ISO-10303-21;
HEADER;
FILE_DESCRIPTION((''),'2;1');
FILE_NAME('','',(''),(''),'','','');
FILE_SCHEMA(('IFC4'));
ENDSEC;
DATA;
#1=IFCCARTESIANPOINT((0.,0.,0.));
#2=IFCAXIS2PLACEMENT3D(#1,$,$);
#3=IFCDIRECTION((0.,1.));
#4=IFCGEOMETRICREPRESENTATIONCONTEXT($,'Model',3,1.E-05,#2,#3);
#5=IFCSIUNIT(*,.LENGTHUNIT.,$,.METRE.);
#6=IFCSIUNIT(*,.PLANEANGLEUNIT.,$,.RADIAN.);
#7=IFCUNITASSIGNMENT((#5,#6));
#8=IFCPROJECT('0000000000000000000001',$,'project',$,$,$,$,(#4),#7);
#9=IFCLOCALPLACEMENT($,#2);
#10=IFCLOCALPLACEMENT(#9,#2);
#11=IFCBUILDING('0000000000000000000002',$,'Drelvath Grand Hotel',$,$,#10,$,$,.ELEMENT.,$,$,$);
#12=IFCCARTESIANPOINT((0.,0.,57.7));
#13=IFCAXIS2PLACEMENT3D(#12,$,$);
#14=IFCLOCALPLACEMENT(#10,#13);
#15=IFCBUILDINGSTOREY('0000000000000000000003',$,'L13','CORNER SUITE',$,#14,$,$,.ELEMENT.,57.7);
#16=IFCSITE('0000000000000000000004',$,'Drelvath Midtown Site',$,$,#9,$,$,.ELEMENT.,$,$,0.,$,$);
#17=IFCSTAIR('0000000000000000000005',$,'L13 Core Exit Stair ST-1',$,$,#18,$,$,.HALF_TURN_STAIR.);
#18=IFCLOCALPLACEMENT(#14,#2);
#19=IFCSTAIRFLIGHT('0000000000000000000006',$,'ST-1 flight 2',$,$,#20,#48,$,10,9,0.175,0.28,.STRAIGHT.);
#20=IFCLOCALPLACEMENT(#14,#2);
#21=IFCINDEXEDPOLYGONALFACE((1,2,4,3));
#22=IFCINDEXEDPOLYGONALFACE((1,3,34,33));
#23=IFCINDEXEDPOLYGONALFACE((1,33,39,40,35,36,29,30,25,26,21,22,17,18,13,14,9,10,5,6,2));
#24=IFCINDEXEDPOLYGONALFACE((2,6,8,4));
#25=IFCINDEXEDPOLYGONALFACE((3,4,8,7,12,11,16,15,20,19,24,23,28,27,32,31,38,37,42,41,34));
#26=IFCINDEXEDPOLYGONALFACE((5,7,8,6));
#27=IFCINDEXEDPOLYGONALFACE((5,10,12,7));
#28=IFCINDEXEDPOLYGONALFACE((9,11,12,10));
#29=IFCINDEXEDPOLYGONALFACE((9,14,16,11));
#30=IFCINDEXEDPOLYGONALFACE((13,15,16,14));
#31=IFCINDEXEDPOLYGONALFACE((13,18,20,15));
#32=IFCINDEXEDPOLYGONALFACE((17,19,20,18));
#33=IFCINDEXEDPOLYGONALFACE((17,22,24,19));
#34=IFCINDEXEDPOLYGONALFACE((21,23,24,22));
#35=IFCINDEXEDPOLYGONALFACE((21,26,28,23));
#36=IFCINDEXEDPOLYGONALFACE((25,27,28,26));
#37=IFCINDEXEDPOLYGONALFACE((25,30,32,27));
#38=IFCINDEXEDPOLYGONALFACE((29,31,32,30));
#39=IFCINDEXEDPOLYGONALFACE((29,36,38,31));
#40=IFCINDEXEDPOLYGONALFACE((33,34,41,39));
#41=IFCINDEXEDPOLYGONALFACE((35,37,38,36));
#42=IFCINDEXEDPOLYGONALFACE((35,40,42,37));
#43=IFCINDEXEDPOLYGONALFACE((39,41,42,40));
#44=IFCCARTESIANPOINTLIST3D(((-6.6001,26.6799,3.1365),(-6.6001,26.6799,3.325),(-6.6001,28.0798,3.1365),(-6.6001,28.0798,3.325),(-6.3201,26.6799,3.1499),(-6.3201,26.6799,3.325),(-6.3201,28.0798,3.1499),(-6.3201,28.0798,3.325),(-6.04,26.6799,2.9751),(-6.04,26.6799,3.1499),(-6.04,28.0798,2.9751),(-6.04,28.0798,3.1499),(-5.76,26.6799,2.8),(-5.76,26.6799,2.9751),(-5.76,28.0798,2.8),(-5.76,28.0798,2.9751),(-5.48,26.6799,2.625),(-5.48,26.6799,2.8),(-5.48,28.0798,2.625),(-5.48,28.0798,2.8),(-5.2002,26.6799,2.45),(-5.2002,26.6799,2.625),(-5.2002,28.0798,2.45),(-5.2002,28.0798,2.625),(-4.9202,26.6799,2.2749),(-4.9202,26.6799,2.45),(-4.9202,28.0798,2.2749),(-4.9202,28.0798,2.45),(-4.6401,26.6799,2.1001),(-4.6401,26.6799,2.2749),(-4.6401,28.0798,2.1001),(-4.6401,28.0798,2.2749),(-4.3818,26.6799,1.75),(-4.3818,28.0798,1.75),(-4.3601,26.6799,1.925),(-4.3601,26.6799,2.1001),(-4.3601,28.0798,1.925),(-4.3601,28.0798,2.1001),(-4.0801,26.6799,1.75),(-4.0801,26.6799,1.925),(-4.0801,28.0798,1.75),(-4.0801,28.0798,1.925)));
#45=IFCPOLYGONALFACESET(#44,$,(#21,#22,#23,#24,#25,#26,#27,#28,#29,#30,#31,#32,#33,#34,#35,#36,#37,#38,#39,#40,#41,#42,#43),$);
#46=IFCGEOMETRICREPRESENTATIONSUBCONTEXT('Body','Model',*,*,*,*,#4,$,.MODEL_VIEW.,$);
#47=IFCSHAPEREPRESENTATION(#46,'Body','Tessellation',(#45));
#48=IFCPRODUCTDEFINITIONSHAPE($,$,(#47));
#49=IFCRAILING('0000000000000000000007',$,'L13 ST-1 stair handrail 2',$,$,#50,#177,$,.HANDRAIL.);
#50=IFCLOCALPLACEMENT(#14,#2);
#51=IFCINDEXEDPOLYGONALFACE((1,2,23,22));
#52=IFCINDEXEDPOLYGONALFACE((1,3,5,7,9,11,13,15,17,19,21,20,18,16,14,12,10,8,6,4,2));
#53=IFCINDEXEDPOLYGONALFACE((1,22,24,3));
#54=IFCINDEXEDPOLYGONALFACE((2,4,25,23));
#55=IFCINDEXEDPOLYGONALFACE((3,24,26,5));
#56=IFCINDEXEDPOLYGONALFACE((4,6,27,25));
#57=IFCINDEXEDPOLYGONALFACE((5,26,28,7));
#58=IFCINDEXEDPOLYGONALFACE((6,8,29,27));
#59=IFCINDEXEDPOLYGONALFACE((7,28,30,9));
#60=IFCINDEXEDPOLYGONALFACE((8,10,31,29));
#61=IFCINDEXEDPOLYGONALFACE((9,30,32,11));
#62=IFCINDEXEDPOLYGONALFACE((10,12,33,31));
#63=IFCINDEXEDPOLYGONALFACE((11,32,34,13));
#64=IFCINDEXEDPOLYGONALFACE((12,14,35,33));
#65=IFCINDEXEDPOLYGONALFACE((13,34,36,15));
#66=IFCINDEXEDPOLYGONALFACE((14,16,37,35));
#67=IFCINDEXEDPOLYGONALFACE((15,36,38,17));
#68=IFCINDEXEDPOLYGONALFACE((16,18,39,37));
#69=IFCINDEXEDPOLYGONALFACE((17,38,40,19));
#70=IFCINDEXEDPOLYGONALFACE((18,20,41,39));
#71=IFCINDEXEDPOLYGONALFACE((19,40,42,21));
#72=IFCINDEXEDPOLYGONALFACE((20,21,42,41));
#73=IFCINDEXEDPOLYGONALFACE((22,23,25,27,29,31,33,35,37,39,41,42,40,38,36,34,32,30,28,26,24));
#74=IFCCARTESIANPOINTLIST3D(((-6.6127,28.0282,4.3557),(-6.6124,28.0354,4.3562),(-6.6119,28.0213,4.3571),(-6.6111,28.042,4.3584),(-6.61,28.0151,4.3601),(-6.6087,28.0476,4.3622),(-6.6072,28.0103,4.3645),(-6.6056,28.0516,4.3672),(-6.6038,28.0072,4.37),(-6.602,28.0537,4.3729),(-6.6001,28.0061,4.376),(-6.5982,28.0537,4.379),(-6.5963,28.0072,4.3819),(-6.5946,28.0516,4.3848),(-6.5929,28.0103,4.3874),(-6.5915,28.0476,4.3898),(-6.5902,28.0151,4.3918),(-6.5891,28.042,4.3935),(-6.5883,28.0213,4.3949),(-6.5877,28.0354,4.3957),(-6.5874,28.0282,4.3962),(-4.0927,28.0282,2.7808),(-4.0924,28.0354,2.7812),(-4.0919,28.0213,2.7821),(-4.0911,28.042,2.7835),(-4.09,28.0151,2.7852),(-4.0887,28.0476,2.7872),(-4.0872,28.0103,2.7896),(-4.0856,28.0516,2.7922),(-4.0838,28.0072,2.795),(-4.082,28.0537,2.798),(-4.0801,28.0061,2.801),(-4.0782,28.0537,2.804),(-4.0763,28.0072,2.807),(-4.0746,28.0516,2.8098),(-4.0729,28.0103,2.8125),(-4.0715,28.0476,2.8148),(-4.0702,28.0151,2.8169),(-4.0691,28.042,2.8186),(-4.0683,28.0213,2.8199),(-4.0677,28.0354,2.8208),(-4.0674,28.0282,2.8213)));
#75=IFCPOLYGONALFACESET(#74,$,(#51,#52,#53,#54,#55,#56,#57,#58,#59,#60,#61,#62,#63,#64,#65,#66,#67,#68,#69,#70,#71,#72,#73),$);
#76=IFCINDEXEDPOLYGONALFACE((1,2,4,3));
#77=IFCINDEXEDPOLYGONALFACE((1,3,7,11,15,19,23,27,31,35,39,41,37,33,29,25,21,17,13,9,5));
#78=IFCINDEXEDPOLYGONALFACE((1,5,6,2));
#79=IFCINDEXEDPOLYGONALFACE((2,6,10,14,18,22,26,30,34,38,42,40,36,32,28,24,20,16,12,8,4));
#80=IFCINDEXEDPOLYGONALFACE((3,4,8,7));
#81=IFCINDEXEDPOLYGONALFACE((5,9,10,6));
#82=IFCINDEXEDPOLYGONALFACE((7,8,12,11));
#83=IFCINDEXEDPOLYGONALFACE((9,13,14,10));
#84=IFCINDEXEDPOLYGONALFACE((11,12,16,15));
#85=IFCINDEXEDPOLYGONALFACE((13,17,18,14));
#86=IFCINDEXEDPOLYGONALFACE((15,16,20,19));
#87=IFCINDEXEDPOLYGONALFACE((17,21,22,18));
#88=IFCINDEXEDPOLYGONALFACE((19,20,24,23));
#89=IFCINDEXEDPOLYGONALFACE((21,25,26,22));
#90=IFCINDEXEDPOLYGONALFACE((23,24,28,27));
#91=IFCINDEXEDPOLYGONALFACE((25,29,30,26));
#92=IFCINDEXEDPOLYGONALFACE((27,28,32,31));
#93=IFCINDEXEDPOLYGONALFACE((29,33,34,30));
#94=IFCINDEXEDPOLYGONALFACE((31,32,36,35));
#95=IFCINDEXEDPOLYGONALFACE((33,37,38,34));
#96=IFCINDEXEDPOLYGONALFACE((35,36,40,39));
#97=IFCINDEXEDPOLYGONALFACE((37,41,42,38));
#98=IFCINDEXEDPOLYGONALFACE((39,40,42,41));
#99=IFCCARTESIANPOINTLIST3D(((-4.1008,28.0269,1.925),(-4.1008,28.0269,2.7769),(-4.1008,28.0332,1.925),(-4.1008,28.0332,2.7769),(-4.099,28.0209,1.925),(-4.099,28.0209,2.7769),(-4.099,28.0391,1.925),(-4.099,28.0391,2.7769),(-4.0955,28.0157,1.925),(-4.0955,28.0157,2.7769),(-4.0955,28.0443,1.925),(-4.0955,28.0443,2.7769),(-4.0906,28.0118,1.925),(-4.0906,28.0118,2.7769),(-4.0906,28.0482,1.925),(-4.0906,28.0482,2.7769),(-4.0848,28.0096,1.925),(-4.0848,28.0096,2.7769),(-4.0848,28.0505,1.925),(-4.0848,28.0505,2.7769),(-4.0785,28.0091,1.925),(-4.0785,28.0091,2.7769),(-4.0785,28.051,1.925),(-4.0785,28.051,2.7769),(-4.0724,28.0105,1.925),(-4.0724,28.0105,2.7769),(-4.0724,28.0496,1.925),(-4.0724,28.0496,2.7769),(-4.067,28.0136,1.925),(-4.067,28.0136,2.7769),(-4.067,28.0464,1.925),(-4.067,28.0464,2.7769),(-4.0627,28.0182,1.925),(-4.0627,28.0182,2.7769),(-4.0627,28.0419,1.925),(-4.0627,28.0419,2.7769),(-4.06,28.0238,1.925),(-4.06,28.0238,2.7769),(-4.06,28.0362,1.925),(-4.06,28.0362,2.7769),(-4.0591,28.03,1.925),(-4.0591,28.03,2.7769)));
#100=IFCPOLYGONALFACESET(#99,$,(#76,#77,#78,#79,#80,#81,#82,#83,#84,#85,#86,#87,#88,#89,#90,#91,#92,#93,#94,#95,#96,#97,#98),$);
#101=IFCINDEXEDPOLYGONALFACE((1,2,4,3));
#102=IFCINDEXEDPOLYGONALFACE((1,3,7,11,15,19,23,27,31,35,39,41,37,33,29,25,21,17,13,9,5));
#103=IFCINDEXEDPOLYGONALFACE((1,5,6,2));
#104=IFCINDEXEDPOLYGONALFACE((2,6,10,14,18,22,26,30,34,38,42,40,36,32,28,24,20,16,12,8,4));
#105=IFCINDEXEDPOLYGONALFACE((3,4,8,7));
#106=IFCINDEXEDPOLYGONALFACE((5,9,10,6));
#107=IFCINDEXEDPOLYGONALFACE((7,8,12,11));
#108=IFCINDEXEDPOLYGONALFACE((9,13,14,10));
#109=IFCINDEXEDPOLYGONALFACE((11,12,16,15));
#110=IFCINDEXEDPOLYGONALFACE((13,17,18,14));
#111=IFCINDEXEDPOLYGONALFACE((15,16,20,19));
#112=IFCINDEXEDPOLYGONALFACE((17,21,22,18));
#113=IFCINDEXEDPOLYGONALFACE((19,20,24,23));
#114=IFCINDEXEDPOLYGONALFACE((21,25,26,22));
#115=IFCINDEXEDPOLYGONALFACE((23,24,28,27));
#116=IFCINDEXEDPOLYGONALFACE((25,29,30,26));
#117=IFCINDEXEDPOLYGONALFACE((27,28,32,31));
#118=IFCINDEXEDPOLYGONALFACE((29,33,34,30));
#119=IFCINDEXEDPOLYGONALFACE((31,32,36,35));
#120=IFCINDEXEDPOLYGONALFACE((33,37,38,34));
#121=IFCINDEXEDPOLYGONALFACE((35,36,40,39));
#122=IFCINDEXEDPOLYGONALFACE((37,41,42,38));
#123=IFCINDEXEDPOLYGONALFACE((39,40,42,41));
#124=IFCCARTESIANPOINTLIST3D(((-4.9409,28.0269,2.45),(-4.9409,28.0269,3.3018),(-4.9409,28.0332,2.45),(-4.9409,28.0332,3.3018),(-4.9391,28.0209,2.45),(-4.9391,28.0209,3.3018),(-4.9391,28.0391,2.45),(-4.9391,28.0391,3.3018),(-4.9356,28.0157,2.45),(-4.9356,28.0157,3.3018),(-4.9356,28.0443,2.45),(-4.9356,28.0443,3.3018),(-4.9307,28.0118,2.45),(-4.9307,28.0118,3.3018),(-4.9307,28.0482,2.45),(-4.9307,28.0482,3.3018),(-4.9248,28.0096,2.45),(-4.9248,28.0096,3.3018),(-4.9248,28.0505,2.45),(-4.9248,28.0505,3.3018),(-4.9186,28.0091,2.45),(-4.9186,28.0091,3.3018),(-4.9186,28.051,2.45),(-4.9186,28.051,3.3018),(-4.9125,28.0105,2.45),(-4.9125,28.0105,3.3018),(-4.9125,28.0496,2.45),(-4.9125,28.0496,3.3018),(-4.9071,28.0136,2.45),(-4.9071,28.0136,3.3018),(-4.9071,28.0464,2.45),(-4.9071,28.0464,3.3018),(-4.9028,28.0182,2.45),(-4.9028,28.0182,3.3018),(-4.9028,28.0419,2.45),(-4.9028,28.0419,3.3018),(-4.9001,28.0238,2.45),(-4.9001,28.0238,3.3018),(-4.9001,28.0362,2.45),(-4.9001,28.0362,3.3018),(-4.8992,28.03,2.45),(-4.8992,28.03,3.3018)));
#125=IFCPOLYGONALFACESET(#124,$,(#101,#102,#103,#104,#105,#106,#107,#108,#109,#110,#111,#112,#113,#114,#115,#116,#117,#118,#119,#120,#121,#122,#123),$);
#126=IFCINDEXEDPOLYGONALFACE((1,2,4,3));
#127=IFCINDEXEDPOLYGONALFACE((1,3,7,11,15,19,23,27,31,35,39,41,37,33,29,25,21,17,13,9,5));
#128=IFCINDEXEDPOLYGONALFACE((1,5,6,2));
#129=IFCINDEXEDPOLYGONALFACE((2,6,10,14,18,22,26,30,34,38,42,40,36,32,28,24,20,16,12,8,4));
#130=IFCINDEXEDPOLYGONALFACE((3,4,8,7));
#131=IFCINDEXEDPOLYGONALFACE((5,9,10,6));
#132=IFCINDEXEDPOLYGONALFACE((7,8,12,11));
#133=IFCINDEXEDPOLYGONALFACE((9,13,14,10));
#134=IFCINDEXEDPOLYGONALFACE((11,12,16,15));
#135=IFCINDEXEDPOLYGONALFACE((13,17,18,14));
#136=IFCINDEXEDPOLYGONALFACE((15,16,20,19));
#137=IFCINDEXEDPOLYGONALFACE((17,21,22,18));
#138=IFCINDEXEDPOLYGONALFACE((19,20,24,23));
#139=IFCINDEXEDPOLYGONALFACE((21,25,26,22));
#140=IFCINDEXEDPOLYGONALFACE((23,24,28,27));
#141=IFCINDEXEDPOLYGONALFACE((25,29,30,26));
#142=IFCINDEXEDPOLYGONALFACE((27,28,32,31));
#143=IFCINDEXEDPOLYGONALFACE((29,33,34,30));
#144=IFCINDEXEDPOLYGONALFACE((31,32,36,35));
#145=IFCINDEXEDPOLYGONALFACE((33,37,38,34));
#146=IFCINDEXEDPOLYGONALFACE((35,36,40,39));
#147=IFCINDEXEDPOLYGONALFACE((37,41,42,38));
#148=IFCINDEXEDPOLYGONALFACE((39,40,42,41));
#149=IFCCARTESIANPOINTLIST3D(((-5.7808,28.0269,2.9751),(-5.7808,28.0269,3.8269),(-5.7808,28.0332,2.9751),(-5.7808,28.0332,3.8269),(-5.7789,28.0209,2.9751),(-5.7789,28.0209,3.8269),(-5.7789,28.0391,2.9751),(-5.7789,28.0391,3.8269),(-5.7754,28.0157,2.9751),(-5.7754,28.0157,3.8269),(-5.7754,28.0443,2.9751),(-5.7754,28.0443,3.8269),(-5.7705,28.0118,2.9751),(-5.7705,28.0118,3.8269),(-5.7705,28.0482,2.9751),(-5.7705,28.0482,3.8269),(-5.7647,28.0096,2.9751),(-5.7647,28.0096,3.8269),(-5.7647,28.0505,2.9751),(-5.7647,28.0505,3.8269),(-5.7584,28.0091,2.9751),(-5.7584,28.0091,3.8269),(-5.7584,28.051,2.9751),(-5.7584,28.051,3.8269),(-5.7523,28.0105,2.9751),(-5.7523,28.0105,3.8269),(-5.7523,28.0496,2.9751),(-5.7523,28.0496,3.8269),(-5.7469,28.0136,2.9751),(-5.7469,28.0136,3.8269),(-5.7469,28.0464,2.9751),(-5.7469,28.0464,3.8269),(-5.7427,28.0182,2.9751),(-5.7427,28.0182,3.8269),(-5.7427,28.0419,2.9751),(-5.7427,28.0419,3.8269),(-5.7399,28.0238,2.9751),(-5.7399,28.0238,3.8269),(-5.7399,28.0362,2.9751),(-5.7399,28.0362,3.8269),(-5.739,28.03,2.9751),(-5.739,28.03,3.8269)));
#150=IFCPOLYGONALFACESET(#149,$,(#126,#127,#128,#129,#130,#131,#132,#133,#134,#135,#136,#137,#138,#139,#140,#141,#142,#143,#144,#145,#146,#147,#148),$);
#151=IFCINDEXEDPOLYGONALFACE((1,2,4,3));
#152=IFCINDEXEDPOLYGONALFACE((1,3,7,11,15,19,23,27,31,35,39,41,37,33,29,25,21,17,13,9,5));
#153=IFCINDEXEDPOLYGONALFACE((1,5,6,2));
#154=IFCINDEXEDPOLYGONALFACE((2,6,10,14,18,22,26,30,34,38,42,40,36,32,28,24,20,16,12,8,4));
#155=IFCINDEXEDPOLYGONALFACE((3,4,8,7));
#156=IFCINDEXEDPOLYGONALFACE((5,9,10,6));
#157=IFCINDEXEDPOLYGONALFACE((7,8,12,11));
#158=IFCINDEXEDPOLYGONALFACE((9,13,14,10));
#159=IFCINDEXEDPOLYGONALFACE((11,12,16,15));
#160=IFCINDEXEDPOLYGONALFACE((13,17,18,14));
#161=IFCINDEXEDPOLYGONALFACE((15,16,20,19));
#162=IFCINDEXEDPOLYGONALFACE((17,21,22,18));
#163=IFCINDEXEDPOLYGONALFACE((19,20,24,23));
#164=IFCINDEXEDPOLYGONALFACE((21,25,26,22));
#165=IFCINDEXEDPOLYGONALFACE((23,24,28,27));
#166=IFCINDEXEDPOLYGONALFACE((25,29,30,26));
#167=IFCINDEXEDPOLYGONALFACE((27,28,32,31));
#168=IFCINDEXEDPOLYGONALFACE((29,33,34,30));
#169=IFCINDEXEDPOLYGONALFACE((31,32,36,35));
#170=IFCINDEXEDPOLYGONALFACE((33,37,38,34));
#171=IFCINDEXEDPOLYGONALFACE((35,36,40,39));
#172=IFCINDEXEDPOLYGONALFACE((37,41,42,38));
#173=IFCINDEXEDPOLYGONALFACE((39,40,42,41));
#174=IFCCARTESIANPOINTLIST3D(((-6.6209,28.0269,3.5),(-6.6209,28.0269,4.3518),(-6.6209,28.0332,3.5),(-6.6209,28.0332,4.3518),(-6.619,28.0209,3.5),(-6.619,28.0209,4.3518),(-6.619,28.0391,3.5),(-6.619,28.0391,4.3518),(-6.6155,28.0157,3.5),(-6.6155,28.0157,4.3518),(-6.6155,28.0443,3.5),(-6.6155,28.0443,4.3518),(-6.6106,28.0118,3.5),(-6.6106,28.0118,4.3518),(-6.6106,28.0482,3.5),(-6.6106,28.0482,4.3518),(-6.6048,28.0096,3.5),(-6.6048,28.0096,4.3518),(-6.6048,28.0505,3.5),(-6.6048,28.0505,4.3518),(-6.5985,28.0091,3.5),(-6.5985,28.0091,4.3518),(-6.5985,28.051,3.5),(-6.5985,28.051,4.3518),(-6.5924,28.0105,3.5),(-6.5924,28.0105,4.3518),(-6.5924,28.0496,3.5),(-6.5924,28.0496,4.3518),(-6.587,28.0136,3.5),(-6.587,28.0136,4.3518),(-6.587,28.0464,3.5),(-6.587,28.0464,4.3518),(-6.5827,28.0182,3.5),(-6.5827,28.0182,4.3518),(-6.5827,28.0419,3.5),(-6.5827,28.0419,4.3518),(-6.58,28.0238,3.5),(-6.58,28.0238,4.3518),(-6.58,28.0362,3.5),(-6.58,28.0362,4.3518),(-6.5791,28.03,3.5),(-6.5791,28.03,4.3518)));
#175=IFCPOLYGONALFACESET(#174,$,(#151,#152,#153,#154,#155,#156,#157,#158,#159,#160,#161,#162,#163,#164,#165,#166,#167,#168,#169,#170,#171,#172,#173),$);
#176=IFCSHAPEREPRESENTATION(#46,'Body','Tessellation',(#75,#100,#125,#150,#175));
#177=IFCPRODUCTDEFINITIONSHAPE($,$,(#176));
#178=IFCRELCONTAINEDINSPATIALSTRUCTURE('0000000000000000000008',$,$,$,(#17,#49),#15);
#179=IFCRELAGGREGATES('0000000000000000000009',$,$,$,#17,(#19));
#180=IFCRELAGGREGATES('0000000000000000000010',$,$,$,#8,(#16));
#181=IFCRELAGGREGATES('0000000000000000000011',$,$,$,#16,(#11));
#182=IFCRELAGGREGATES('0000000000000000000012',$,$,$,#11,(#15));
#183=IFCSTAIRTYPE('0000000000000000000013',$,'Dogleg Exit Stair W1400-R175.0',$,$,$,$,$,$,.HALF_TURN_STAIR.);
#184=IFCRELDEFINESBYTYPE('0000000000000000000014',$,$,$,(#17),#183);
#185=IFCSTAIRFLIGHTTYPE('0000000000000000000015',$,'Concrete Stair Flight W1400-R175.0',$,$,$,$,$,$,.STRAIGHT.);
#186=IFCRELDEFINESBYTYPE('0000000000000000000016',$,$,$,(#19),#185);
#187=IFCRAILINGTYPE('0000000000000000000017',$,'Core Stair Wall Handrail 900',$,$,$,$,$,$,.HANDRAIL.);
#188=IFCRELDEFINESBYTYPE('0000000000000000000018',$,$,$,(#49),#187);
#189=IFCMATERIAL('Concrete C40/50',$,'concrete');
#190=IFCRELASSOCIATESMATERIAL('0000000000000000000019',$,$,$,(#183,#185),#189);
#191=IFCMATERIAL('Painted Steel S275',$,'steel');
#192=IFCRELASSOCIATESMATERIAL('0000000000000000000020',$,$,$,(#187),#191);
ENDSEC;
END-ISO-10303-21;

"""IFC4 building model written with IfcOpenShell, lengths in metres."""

from ifc_helpers import new_model, si_unit, direction, frame, origin, origin_2d, place, context, subcontext, project, spatial, polyline, circle, outline, extrude, material, type_object, element, aggregate, save


model = new_model("IFC4")

# Units and contexts
model_context = context("Model", 3, precision=1e-05, world=origin(), true_north=direction((0.0, 1.0)))
body_context = subcontext(model_context, "Body", "Model", "MODEL_VIEW")
ifc_project = project(units=[si_unit("LENGTHUNIT", "METRE"), si_unit("PLANEANGLEUNIT", "RADIAN")], contexts=[model_context])

# Site, building, storey
site_placement = place(None, origin())
site = spatial("IfcSite", under=ifc_project, at=site_placement, Name="Drelvath Midtown Site", CompositionType="ELEMENT", RefElevation=0.0)
building_placement = place(site_placement, origin())
building = spatial("IfcBuilding", under=site, at=building_placement, Name="Drelvath Grand Hotel", CompositionType="ELEMENT")
storey_placement = place(building_placement, frame((0.0, 0.0, 57.7)))
storey = spatial("IfcBuildingStorey", under=building, at=storey_placement, Name="L13", Description="CORNER SUITE", CompositionType="ELEMENT", Elevation=57.7)

# Shared definitions
ifc_material_1 = material(Name="Painted Steel S275", Category="steel")

# Shared definitions
ifc_material_2 = material(Name="Concrete C40/50", Category="concrete")

# Stair, stair flight
stair_type = type_object("IfcStairType", Name="Dogleg Exit Stair W1400-R175.0", PredefinedType="HALF_TURN_STAIR", material=ifc_material_2)
stair_placement = place(storey_placement, origin())
stair = element("IfcStair", 1, at=stair_placement, inside=storey, type_object=stair_type, Name="L13 Core Exit Stair ST-1", PredefinedType="HALF_TURN_STAIR")
stair_flight_type = type_object("IfcStairFlightType", Name="Concrete Stair Flight W1400-R175.0", PredefinedType="STRAIGHT", material=ifc_material_2)
stair_flight_placement = place(storey_placement, frame((-4.0801, 27.3799, 1.75), z_axis=(0.0, 0.0, 1.0), x_axis=(-1.0, 0.0, 0.0)))
stair_flight = element("IfcStairFlight", 2, at=stair_flight_placement, type_object=stair_flight_type, Name="ST-1 flight 2", NumberOfRisers=10, NumberOfTreads=9, PredefinedType="STRAIGHT", RiserHeight=0.175, TreadLength=0.28, context=body_context, shape_type="SweptSolid", body=[
    extrude(outline(polyline([(0.0, 0.0), (0.0, 0.175), (0.28, 0.175), (0.28, 0.3501), (0.5601, 0.3501), (0.5601, 0.5249), (0.8401, 0.5249), (0.8401, 0.7), (1.1201, 0.7), (1.1201, 0.875), (1.3999, 0.875), (1.3999, 1.05), (1.6799, 1.05), (1.6799, 1.2251), (1.96, 1.2251), (1.96, 1.3999), (2.24, 1.3999), (2.24, 1.575), (2.52, 1.575), (2.52, 1.75), (2.52, 1.3865), (0.3018, 0.0), (0.0, 0.0)])), frame((0.0, 0.7, 0.0), z_axis=(0.0, -1.0, 0.0), x_axis=(1.0, 0.0, 0.0)), (0.0, 0.0, 1.0), 1.3999),
])
aggregate(stair, [stair_flight])

# Railing
railing_type = type_object("IfcRailingType", Name="Core Stair Wall Handrail 900", PredefinedType="HANDRAIL", material=ifc_material_1)
railing_placement = place(storey_placement, frame((-4.0801, 28.03, 1.925)))
element("IfcRailing", 3, at=railing_placement, inside=storey, type_object=railing_type, Name="L13 ST-1 stair handrail 2", PredefinedType="HANDRAIL", context=body_context, shape_type="SweptSolid", body=[
    extrude(circle(Radius=0.0239, at=origin_2d()), frame((0.0, 0.0, 0.876), z_axis=(-0.848008, 0.0, 0.529984), x_axis=(0.0, -1.0, 0.0)), (0.0, 0.0, 1.0), 2.9717),
    extrude(circle(Radius=0.021, at=origin_2d()), origin(), (0.0, 0.0, 1.0), 0.8518),
    extrude(circle(Radius=0.021, at=origin_2d()), frame((-0.8401, 0.0, 0.5249)), (0.0, 0.0, 1.0), 0.8518),
    extrude(circle(Radius=0.021, at=origin_2d()), frame((-1.6799, 0.0, 1.05)), (0.0, 0.0, 1.0), 0.8518),
    extrude(circle(Radius=0.021, at=origin_2d()), frame((-2.52, 0.0, 1.575)), (0.0, 0.0, 1.0), 0.8518),
])

save(model, "model.ifc")
